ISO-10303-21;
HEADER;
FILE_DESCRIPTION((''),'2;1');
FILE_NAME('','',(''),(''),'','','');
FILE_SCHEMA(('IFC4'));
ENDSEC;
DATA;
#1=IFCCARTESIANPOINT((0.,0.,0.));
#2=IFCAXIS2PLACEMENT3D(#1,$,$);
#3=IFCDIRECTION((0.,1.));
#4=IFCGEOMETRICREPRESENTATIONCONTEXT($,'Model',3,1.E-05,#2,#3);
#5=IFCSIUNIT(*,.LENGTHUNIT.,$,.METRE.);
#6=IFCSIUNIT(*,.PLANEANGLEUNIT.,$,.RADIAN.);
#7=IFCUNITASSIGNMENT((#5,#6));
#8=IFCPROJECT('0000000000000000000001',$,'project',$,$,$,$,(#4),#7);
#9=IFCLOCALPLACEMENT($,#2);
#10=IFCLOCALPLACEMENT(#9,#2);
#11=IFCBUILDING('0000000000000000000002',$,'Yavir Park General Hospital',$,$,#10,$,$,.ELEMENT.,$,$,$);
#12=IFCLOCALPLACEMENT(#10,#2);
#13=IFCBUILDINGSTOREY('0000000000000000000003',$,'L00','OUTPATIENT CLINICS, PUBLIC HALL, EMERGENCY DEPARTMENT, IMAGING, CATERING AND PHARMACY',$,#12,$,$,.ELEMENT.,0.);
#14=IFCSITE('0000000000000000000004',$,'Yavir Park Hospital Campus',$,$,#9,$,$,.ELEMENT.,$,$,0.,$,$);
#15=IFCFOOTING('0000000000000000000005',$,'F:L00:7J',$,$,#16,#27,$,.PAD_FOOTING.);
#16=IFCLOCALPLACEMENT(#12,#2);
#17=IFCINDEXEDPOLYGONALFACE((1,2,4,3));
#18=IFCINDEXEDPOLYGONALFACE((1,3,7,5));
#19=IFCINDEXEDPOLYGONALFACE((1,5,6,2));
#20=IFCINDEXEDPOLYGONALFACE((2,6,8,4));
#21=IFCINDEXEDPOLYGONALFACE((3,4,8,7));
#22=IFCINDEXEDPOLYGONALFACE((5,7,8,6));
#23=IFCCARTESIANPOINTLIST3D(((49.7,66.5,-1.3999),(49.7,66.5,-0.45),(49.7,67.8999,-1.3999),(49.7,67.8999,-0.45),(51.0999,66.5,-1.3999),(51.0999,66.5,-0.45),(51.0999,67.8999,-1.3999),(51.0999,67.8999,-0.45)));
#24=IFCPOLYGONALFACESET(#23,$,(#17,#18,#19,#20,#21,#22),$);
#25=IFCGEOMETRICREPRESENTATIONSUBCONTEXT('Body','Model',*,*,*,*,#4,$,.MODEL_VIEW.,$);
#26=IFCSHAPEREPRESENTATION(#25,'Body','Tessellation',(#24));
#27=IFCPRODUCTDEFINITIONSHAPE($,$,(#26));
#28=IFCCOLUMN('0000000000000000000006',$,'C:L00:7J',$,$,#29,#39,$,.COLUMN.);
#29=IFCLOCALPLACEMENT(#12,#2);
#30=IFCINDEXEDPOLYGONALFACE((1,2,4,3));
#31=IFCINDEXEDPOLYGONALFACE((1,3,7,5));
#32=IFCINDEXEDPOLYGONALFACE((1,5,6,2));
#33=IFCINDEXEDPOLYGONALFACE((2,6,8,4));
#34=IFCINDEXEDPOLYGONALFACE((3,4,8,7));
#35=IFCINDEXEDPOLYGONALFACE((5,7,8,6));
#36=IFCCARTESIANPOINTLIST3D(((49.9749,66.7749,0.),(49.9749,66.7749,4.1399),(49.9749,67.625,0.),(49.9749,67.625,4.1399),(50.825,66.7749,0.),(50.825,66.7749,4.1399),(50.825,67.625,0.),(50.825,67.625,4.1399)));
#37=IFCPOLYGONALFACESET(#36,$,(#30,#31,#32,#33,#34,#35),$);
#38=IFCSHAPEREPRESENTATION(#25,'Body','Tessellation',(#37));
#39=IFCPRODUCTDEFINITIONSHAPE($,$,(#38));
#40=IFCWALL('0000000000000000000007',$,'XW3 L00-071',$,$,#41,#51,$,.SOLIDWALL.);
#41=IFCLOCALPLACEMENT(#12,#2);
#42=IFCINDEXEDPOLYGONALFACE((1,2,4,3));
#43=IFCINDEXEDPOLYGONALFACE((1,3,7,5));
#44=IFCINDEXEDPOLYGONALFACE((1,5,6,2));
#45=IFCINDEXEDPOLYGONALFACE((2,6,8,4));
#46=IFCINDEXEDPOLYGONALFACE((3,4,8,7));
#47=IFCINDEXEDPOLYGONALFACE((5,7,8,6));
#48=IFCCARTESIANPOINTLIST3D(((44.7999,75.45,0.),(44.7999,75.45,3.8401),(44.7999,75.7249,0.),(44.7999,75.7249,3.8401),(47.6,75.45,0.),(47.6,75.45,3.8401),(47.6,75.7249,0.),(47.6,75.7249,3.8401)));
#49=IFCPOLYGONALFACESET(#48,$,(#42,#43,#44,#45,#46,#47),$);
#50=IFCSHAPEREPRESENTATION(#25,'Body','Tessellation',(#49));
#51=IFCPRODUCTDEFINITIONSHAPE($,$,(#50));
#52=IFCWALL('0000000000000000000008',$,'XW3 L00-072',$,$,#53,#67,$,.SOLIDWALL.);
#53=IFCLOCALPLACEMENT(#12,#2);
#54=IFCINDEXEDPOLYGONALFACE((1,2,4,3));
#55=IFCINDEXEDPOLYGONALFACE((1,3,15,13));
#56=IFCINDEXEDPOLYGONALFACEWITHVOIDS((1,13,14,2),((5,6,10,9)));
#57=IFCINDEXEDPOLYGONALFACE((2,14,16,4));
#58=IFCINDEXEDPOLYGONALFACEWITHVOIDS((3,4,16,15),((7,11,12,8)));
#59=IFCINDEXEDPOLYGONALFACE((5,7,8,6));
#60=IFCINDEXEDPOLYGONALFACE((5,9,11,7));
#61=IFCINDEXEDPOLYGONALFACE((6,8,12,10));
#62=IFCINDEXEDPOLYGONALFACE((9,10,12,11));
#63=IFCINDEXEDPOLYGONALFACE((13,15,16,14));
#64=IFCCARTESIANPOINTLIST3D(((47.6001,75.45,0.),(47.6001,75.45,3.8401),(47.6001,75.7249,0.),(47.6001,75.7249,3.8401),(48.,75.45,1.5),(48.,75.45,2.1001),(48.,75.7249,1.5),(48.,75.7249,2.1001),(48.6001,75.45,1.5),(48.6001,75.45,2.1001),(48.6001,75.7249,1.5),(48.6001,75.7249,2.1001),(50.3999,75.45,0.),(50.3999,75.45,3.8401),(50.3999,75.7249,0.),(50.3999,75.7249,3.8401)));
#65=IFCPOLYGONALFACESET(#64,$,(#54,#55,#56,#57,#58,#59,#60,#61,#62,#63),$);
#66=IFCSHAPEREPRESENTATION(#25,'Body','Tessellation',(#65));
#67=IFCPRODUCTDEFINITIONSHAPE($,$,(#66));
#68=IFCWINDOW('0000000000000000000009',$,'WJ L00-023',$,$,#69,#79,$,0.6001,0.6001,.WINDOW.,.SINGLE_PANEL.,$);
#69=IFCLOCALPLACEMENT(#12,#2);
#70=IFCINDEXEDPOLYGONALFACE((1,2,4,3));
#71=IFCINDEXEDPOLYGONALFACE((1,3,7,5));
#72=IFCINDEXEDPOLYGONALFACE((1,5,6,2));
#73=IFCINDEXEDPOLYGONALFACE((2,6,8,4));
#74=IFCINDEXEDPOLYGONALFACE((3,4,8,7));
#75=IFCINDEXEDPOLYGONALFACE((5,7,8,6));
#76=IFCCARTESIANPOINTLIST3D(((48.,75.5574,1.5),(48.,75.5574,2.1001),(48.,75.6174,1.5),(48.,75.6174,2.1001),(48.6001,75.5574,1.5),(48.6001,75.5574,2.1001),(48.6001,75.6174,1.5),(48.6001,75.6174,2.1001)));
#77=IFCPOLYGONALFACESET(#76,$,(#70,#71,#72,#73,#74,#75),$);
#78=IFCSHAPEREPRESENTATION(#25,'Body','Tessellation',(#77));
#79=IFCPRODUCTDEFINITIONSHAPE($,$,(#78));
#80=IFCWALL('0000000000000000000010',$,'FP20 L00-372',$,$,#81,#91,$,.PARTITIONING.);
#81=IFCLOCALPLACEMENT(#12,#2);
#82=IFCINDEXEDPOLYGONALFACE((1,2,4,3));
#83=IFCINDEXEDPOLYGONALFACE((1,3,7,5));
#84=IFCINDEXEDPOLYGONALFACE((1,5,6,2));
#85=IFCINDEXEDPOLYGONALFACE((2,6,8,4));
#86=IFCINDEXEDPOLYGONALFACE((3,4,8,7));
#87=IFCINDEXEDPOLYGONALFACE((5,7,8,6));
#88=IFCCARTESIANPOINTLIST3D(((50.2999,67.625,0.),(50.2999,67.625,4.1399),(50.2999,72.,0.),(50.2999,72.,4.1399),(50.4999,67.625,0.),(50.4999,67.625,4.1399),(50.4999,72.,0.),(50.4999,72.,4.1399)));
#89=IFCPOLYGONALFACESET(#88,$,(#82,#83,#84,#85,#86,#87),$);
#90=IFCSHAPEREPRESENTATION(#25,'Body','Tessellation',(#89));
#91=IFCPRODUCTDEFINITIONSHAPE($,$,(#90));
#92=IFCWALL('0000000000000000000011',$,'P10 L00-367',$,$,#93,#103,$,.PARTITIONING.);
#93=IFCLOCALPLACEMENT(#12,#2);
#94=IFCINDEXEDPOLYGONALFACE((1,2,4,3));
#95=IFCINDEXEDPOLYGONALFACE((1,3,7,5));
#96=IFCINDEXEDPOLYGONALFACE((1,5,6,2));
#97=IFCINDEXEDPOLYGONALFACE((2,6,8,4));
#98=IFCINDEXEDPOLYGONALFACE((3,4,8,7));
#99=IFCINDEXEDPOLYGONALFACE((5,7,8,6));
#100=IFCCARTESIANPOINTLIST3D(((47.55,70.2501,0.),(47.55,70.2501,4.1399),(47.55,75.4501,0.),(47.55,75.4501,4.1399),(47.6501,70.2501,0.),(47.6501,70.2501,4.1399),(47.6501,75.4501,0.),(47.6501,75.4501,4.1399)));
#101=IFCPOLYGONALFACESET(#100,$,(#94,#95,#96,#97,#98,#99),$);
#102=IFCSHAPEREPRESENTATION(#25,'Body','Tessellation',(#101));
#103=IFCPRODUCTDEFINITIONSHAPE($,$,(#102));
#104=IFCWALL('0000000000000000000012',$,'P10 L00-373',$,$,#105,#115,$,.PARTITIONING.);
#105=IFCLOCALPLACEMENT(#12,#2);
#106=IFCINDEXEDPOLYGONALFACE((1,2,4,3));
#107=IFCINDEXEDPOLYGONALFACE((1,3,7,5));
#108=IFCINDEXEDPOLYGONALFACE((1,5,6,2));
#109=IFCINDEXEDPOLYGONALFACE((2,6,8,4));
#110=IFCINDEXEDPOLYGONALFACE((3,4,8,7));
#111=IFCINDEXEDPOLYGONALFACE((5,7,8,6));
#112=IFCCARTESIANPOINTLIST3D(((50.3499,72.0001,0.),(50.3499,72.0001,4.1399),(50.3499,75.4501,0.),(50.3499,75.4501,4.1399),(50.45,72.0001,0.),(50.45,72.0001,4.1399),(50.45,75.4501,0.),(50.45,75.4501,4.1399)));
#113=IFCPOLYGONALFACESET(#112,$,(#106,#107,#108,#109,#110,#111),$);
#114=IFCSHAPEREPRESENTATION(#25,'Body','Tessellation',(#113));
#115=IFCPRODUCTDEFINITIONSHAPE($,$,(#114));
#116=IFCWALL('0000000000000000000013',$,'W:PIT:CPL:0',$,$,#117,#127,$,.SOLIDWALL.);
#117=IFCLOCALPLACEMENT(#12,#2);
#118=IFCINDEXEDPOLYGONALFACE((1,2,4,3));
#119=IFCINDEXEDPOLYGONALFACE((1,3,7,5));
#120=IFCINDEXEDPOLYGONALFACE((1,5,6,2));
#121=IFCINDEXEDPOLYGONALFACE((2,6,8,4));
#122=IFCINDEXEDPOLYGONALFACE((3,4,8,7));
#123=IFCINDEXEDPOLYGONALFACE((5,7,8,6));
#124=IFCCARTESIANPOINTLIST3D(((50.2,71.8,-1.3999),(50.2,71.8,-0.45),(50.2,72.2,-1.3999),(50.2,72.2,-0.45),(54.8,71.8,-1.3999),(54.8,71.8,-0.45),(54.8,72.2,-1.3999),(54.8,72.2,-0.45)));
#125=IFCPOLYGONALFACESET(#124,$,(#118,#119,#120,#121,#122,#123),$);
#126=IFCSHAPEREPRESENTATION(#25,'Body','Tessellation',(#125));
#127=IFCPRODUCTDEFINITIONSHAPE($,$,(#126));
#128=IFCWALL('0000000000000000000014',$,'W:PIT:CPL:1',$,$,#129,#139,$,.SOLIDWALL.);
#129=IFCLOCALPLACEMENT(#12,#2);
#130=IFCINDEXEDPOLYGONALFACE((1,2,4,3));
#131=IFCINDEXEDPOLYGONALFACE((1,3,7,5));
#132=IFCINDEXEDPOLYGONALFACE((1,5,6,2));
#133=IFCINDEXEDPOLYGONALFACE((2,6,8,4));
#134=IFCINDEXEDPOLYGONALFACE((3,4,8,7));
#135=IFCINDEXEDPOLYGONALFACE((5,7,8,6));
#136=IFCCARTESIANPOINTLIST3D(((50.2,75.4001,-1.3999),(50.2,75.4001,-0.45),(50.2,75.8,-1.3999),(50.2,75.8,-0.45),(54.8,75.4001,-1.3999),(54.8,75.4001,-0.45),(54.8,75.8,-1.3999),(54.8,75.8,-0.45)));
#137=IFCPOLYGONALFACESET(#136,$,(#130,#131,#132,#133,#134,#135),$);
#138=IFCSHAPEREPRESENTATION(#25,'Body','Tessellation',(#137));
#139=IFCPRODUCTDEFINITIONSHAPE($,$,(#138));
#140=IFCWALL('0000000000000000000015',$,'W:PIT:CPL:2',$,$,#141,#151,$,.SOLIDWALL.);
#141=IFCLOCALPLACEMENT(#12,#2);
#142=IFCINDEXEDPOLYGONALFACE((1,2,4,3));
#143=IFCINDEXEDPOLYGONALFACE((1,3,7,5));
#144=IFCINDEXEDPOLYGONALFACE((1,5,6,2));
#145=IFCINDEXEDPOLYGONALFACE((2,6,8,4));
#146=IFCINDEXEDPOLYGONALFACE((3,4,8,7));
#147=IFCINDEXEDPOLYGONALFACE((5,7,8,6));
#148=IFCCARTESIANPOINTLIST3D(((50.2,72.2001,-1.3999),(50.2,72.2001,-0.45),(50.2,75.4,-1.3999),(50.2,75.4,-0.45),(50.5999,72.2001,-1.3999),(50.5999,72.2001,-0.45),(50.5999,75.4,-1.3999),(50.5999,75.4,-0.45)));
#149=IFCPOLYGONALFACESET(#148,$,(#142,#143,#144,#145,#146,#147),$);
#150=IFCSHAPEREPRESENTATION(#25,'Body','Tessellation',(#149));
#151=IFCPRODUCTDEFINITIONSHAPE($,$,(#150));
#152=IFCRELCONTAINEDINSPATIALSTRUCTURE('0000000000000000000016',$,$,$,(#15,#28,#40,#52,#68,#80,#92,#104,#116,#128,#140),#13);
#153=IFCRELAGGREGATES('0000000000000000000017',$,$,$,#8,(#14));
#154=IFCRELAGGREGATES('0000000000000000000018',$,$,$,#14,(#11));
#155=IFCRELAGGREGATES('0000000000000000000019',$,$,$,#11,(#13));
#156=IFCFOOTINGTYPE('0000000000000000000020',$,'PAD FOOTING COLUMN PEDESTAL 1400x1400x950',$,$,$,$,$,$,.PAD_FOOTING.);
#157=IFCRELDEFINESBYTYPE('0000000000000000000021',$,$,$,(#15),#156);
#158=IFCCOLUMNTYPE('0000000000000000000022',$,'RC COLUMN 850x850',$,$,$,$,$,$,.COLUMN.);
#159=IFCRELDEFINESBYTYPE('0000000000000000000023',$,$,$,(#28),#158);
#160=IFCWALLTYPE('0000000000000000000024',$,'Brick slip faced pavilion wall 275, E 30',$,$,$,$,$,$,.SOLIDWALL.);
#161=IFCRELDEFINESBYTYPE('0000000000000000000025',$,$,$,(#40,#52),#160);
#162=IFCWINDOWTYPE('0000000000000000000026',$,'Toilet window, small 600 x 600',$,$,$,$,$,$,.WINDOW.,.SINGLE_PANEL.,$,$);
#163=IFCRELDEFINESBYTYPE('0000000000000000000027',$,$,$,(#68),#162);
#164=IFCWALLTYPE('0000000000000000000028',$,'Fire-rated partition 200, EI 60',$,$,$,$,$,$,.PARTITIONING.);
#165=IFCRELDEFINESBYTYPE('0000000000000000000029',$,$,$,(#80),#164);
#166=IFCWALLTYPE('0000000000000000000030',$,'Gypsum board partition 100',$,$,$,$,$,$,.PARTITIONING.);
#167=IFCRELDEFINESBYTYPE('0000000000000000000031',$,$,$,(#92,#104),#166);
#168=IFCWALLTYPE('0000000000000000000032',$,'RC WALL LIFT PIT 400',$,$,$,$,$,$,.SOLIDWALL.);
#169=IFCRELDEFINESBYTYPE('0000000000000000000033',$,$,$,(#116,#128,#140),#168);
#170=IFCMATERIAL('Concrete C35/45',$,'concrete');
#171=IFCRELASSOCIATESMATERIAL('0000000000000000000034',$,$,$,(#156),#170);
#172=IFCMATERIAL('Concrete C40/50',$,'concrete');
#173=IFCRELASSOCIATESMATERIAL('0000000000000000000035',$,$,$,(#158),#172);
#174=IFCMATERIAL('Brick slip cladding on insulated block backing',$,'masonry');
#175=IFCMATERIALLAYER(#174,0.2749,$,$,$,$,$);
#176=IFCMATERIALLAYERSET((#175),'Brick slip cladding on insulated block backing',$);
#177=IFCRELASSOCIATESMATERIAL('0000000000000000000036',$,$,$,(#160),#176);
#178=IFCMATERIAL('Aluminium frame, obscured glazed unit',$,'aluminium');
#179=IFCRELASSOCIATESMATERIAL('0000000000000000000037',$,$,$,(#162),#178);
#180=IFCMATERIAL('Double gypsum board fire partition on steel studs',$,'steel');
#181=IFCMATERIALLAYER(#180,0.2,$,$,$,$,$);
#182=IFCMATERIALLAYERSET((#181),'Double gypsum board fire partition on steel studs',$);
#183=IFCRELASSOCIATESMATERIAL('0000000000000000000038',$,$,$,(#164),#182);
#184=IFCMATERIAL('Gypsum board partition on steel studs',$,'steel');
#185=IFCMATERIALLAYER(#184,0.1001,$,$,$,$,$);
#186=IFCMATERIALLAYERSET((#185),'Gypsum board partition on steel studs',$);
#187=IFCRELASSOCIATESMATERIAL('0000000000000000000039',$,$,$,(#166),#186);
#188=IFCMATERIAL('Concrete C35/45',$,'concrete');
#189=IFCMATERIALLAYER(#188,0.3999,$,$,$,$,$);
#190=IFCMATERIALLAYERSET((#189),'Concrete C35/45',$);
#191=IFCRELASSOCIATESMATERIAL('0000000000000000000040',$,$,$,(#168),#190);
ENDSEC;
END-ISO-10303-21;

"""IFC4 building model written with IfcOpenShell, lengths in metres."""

from ifc_helpers import new_model, si_unit, direction, frame, frame_2d, origin, origin_2d, place, context, subcontext, project, spatial, rectangle, extrude, material, layer, layer_set, material_profile, profile_set, type_object, element, fill, save


model = new_model("IFC4")

# Units and contexts
model_context = context("Model", 3, precision=1e-05, world=origin(), true_north=direction((0.0, 1.0)))
body_context = subcontext(model_context, "Body", "Model", "MODEL_VIEW")
ifc_project = project(units=[si_unit("LENGTHUNIT", "METRE"), si_unit("PLANEANGLEUNIT", "RADIAN")], contexts=[model_context])

# Site, building, storey
site_placement = place(None, origin())
site = spatial("IfcSite", under=ifc_project, at=site_placement, Name="Yavir Park Hospital Campus", CompositionType="ELEMENT", RefElevation=0.0)
building_placement = place(site_placement, origin())
building = spatial("IfcBuilding", under=site, at=building_placement, Name="Yavir Park General Hospital", CompositionType="ELEMENT")
storey_placement = place(building_placement, origin())
storey = spatial("IfcBuildingStorey", under=building, at=storey_placement, Name="L00", Description="OUTPATIENT CLINICS, PUBLIC HALL, EMERGENCY DEPARTMENT, IMAGING, CATERING AND PHARMACY", CompositionType="ELEMENT", Elevation=0.0)

# Footing
ifc_material_1 = material(Name="Concrete C35/45", Category="concrete")
footing_type = type_object("IfcFootingType", Name="PAD FOOTING COLUMN PEDESTAL 1400x1400x950", PredefinedType="PAD_FOOTING", material=ifc_material_1)
footing_placement = place(storey_placement, frame((50.3999, 67.2, -1.3999), z_axis=(0.0, 0.0, 1.0), x_axis=(1.0, 0.0, 0.0)))
element("IfcFooting", 1, at=footing_placement, inside=storey, type_object=footing_type, Name="F:L00:7J", PredefinedType="PAD_FOOTING", context=body_context, shape_type="SweptSolid", body=[
    extrude(rectangle(XDim=1.3999, YDim=1.3999, at=origin_2d()), origin(), (0.0, 0.0, 1.0), 0.95),
])

# Column
ifc_material_2 = material(Name="Concrete C40/50", Category="concrete")
ifc_material_profile_1 = material_profile(ifc_material_2, rectangle(XDim=0.8501, YDim=0.8501, at=origin_2d()), Name="RC850x850")
ifc_profile_set_1 = profile_set([ifc_material_profile_1], Name="Concrete C40/50")
column_type = type_object("IfcColumnType", Name="RC COLUMN 850x850", PredefinedType="COLUMN", material=ifc_profile_set_1)
column_placement = place(storey_placement, frame((50.3999, 67.2, 0.0), z_axis=(0.0, 0.0, 1.0), x_axis=(1.0, 0.0, 0.0)))
element("IfcColumn", 2, at=column_placement, inside=storey, type_object=column_type, Name="C:L00:7J", PredefinedType="COLUMN", context=body_context, shape_type="SweptSolid", body=[
    extrude(rectangle(XDim=0.8501, YDim=0.8501, at=origin_2d()), origin(), (0.0, 0.0, 1.0), 4.1399),
])

# Wall
ifc_material_3 = material(Name="Brick slip cladding on insulated block backing", Category="masonry")
ifc_layer_1 = layer(ifc_material_3, 0.2749)
ifc_layer_set_1 = layer_set([ifc_layer_1], Name="Brick slip cladding on insulated block backing")
wall_type_1 = type_object("IfcWallType", Name="Brick slip faced pavilion wall 275, E 30", PredefinedType="SOLIDWALL", material=ifc_layer_set_1)
wall_1_placement = place(storey_placement, frame((44.8, 75.5874, 0.0), z_axis=(0.0, 0.0, 1.0), x_axis=(1.0, 0.0, 0.0)))
element("IfcWall", 3, at=wall_1_placement, inside=storey, type_object=wall_type_1, Name="XW3 L00-071", PredefinedType="SOLIDWALL", context=body_context, shape_type="SweptSolid", body=[
    extrude(rectangle(XDim=2.8, YDim=0.2749, at=frame_2d((1.3999, 0.0))), origin(), (0.0, 0.0, 1.0), 3.8401),
])

# Wall, opening, window
wall_2_placement = place(storey_placement, frame((47.6001, 75.5874, 0.0), z_axis=(0.0, 0.0, 1.0), x_axis=(1.0, 0.0, 0.0)))
wall_2 = element("IfcWall", 4, at=wall_2_placement, inside=storey, type_object=wall_type_1, Name="XW3 L00-072", PredefinedType="SOLIDWALL", context=body_context, shape_type="SweptSolid", body=[
    extrude(rectangle(XDim=2.7998, YDim=0.2749, at=frame_2d((1.3999, 0.0))), origin(), (0.0, 0.0, 1.0), 3.8401),
])
opening_1_placement = place(wall_2_placement, frame((0.3999, 0.0, 1.5)))
opening_1 = element("IfcOpeningElement", 5, at=opening_1_placement, cuts=wall_2, PredefinedType="OPENING", context=body_context, shape_type="SweptSolid", body=[
    extrude(rectangle(XDim=0.6001, YDim=0.6001, at=frame_2d((0.3, 0.3))), frame((0.0, 0.1475, 0.0), z_axis=(0.0, -1.0, 0.0), x_axis=(1.0, 0.0, 0.0)), (0.0, 0.0, 1.0), 0.2949),
])
ifc_material_4 = material(Name="Aluminium frame, obscured glazed unit", Category="aluminium")
window_type = type_object("IfcWindowType", Name="Toilet window, small 600 x 600", PartitioningType="SINGLE_PANEL", PredefinedType="WINDOW", material=ifc_material_4)
window_placement = place(opening_1_placement, origin())
window = element("IfcWindow", 6, at=window_placement, inside=storey, type_object=window_type, Name="WJ L00-023", OverallHeight=0.6001, OverallWidth=0.6001, PartitioningType="SINGLE_PANEL", PredefinedType="WINDOW", context=body_context, shape_type="SweptSolid", body=[
    extrude(rectangle(XDim=0.6001, YDim=0.6001, at=frame_2d((0.3, 0.3))), frame((0.0, 0.03, 0.0), z_axis=(0.0, -1.0, 0.0), x_axis=(1.0, 0.0, 0.0)), (0.0, 0.0, 1.0), 0.0601),
])
fill(opening_1, window)

# Shared definitions
ifc_material_5 = material(Name="Double gypsum board fire partition on steel studs", Category="steel")
ifc_layer_2 = layer(ifc_material_5, 0.2)
ifc_layer_set_2 = layer_set([ifc_layer_2], Name="Double gypsum board fire partition on steel studs")
wall_type_2 = type_object("IfcWallType", Name="Fire-rated partition 200, EI 60", PredefinedType="PARTITIONING", material=ifc_layer_set_2)

# Walls
wall_3_placement = place(storey_placement, frame((50.3999, 67.625, 0.0), z_axis=(0.0, 0.0, 1.0), x_axis=(0.0, 1.0, 0.0)))
element("IfcWall", 7, at=wall_3_placement, inside=storey, type_object=wall_type_2, Name="FP20 L00-372", PredefinedType="PARTITIONING", context=body_context, shape_type="SweptSolid", body=[
    extrude(rectangle(XDim=4.375, YDim=0.2, at=frame_2d((2.1875, 0.0))), origin(), (0.0, 0.0, 1.0), 4.1399),
])
ifc_material_6 = material(Name="Gypsum board partition on steel studs", Category="steel")
ifc_layer_3 = layer(ifc_material_6, 0.1001)
ifc_layer_set_3 = layer_set([ifc_layer_3], Name="Gypsum board partition on steel studs")
wall_type_3 = type_object("IfcWallType", Name="Gypsum board partition 100", PredefinedType="PARTITIONING", material=ifc_layer_set_3)
wall_4_placement = place(storey_placement, frame((47.6001, 70.25, 0.0), z_axis=(0.0, 0.0, 1.0), x_axis=(0.0, 1.0, 0.0)))
element("IfcWall", 8, at=wall_4_placement, inside=storey, type_object=wall_type_3, Name="P10 L00-367", PredefinedType="PARTITIONING", context=body_context, shape_type="SweptSolid", body=[
    extrude(rectangle(XDim=5.2, YDim=0.1001, at=frame_2d((2.6001, 0.0))), origin(), (0.0, 0.0, 1.0), 4.1399),
])
wall_5_placement = place(storey_placement, frame((50.3999, 72.0, 0.0), z_axis=(0.0, 0.0, 1.0), x_axis=(0.0, 1.0, 0.0)))
element("IfcWall", 9, at=wall_5_placement, inside=storey, type_object=wall_type_3, Name="P10 L00-373", PredefinedType="PARTITIONING", context=body_context, shape_type="SweptSolid", body=[
    extrude(rectangle(XDim=3.45, YDim=0.1001, at=frame_2d((1.7251, 0.0))), origin(), (0.0, 0.0, 1.0), 4.1399),
])
ifc_material_7 = material(Name="Concrete C35/45", Category="concrete")
ifc_layer_4 = layer(ifc_material_7, 0.3999)
ifc_layer_set_4 = layer_set([ifc_layer_4], Name="Concrete C35/45")
wall_type_4 = type_object("IfcWallType", Name="RC WALL LIFT PIT 400", PredefinedType="SOLIDWALL", material=ifc_layer_set_4)
for number, where, z_axis, x_axis, name in (
    (10, (50.2, 72.0, -1.3999), (0.0, 0.0, 1.0), (1.0, 0.0, 0.0), "W:PIT:CPL:0"),
    (11, (50.2, 75.6001, -1.3999), (0.0, 0.0, 1.0), (1.0, 0.0, 0.0), "W:PIT:CPL:1"),
):
    element("IfcWall", number, at=place(storey_placement, frame(where, z_axis=z_axis, x_axis=x_axis)), inside=storey, type_object=wall_type_4, Name=name, PredefinedType="SOLIDWALL", context=body_context, shape_type="SweptSolid", body=[
        extrude(rectangle(XDim=4.6001, YDim=0.3999, at=frame_2d((2.3, 0.0))), origin(), (0.0, 0.0, 1.0), 0.95),
    ])
wall_6_placement = place(storey_placement, frame((50.3999, 72.2, -1.3999), z_axis=(0.0, 0.0, 1.0), x_axis=(0.0, 1.0, 0.0)))
element("IfcWall", 12, at=wall_6_placement, inside=storey, type_object=wall_type_4, Name="W:PIT:CPL:2", PredefinedType="SOLIDWALL", context=body_context, shape_type="SweptSolid", body=[
    extrude(rectangle(XDim=3.2, YDim=0.3999, at=frame_2d((1.6001, 0.0))), origin(), (0.0, 0.0, 1.0), 0.95),
])

save(model, "model.ifc")
